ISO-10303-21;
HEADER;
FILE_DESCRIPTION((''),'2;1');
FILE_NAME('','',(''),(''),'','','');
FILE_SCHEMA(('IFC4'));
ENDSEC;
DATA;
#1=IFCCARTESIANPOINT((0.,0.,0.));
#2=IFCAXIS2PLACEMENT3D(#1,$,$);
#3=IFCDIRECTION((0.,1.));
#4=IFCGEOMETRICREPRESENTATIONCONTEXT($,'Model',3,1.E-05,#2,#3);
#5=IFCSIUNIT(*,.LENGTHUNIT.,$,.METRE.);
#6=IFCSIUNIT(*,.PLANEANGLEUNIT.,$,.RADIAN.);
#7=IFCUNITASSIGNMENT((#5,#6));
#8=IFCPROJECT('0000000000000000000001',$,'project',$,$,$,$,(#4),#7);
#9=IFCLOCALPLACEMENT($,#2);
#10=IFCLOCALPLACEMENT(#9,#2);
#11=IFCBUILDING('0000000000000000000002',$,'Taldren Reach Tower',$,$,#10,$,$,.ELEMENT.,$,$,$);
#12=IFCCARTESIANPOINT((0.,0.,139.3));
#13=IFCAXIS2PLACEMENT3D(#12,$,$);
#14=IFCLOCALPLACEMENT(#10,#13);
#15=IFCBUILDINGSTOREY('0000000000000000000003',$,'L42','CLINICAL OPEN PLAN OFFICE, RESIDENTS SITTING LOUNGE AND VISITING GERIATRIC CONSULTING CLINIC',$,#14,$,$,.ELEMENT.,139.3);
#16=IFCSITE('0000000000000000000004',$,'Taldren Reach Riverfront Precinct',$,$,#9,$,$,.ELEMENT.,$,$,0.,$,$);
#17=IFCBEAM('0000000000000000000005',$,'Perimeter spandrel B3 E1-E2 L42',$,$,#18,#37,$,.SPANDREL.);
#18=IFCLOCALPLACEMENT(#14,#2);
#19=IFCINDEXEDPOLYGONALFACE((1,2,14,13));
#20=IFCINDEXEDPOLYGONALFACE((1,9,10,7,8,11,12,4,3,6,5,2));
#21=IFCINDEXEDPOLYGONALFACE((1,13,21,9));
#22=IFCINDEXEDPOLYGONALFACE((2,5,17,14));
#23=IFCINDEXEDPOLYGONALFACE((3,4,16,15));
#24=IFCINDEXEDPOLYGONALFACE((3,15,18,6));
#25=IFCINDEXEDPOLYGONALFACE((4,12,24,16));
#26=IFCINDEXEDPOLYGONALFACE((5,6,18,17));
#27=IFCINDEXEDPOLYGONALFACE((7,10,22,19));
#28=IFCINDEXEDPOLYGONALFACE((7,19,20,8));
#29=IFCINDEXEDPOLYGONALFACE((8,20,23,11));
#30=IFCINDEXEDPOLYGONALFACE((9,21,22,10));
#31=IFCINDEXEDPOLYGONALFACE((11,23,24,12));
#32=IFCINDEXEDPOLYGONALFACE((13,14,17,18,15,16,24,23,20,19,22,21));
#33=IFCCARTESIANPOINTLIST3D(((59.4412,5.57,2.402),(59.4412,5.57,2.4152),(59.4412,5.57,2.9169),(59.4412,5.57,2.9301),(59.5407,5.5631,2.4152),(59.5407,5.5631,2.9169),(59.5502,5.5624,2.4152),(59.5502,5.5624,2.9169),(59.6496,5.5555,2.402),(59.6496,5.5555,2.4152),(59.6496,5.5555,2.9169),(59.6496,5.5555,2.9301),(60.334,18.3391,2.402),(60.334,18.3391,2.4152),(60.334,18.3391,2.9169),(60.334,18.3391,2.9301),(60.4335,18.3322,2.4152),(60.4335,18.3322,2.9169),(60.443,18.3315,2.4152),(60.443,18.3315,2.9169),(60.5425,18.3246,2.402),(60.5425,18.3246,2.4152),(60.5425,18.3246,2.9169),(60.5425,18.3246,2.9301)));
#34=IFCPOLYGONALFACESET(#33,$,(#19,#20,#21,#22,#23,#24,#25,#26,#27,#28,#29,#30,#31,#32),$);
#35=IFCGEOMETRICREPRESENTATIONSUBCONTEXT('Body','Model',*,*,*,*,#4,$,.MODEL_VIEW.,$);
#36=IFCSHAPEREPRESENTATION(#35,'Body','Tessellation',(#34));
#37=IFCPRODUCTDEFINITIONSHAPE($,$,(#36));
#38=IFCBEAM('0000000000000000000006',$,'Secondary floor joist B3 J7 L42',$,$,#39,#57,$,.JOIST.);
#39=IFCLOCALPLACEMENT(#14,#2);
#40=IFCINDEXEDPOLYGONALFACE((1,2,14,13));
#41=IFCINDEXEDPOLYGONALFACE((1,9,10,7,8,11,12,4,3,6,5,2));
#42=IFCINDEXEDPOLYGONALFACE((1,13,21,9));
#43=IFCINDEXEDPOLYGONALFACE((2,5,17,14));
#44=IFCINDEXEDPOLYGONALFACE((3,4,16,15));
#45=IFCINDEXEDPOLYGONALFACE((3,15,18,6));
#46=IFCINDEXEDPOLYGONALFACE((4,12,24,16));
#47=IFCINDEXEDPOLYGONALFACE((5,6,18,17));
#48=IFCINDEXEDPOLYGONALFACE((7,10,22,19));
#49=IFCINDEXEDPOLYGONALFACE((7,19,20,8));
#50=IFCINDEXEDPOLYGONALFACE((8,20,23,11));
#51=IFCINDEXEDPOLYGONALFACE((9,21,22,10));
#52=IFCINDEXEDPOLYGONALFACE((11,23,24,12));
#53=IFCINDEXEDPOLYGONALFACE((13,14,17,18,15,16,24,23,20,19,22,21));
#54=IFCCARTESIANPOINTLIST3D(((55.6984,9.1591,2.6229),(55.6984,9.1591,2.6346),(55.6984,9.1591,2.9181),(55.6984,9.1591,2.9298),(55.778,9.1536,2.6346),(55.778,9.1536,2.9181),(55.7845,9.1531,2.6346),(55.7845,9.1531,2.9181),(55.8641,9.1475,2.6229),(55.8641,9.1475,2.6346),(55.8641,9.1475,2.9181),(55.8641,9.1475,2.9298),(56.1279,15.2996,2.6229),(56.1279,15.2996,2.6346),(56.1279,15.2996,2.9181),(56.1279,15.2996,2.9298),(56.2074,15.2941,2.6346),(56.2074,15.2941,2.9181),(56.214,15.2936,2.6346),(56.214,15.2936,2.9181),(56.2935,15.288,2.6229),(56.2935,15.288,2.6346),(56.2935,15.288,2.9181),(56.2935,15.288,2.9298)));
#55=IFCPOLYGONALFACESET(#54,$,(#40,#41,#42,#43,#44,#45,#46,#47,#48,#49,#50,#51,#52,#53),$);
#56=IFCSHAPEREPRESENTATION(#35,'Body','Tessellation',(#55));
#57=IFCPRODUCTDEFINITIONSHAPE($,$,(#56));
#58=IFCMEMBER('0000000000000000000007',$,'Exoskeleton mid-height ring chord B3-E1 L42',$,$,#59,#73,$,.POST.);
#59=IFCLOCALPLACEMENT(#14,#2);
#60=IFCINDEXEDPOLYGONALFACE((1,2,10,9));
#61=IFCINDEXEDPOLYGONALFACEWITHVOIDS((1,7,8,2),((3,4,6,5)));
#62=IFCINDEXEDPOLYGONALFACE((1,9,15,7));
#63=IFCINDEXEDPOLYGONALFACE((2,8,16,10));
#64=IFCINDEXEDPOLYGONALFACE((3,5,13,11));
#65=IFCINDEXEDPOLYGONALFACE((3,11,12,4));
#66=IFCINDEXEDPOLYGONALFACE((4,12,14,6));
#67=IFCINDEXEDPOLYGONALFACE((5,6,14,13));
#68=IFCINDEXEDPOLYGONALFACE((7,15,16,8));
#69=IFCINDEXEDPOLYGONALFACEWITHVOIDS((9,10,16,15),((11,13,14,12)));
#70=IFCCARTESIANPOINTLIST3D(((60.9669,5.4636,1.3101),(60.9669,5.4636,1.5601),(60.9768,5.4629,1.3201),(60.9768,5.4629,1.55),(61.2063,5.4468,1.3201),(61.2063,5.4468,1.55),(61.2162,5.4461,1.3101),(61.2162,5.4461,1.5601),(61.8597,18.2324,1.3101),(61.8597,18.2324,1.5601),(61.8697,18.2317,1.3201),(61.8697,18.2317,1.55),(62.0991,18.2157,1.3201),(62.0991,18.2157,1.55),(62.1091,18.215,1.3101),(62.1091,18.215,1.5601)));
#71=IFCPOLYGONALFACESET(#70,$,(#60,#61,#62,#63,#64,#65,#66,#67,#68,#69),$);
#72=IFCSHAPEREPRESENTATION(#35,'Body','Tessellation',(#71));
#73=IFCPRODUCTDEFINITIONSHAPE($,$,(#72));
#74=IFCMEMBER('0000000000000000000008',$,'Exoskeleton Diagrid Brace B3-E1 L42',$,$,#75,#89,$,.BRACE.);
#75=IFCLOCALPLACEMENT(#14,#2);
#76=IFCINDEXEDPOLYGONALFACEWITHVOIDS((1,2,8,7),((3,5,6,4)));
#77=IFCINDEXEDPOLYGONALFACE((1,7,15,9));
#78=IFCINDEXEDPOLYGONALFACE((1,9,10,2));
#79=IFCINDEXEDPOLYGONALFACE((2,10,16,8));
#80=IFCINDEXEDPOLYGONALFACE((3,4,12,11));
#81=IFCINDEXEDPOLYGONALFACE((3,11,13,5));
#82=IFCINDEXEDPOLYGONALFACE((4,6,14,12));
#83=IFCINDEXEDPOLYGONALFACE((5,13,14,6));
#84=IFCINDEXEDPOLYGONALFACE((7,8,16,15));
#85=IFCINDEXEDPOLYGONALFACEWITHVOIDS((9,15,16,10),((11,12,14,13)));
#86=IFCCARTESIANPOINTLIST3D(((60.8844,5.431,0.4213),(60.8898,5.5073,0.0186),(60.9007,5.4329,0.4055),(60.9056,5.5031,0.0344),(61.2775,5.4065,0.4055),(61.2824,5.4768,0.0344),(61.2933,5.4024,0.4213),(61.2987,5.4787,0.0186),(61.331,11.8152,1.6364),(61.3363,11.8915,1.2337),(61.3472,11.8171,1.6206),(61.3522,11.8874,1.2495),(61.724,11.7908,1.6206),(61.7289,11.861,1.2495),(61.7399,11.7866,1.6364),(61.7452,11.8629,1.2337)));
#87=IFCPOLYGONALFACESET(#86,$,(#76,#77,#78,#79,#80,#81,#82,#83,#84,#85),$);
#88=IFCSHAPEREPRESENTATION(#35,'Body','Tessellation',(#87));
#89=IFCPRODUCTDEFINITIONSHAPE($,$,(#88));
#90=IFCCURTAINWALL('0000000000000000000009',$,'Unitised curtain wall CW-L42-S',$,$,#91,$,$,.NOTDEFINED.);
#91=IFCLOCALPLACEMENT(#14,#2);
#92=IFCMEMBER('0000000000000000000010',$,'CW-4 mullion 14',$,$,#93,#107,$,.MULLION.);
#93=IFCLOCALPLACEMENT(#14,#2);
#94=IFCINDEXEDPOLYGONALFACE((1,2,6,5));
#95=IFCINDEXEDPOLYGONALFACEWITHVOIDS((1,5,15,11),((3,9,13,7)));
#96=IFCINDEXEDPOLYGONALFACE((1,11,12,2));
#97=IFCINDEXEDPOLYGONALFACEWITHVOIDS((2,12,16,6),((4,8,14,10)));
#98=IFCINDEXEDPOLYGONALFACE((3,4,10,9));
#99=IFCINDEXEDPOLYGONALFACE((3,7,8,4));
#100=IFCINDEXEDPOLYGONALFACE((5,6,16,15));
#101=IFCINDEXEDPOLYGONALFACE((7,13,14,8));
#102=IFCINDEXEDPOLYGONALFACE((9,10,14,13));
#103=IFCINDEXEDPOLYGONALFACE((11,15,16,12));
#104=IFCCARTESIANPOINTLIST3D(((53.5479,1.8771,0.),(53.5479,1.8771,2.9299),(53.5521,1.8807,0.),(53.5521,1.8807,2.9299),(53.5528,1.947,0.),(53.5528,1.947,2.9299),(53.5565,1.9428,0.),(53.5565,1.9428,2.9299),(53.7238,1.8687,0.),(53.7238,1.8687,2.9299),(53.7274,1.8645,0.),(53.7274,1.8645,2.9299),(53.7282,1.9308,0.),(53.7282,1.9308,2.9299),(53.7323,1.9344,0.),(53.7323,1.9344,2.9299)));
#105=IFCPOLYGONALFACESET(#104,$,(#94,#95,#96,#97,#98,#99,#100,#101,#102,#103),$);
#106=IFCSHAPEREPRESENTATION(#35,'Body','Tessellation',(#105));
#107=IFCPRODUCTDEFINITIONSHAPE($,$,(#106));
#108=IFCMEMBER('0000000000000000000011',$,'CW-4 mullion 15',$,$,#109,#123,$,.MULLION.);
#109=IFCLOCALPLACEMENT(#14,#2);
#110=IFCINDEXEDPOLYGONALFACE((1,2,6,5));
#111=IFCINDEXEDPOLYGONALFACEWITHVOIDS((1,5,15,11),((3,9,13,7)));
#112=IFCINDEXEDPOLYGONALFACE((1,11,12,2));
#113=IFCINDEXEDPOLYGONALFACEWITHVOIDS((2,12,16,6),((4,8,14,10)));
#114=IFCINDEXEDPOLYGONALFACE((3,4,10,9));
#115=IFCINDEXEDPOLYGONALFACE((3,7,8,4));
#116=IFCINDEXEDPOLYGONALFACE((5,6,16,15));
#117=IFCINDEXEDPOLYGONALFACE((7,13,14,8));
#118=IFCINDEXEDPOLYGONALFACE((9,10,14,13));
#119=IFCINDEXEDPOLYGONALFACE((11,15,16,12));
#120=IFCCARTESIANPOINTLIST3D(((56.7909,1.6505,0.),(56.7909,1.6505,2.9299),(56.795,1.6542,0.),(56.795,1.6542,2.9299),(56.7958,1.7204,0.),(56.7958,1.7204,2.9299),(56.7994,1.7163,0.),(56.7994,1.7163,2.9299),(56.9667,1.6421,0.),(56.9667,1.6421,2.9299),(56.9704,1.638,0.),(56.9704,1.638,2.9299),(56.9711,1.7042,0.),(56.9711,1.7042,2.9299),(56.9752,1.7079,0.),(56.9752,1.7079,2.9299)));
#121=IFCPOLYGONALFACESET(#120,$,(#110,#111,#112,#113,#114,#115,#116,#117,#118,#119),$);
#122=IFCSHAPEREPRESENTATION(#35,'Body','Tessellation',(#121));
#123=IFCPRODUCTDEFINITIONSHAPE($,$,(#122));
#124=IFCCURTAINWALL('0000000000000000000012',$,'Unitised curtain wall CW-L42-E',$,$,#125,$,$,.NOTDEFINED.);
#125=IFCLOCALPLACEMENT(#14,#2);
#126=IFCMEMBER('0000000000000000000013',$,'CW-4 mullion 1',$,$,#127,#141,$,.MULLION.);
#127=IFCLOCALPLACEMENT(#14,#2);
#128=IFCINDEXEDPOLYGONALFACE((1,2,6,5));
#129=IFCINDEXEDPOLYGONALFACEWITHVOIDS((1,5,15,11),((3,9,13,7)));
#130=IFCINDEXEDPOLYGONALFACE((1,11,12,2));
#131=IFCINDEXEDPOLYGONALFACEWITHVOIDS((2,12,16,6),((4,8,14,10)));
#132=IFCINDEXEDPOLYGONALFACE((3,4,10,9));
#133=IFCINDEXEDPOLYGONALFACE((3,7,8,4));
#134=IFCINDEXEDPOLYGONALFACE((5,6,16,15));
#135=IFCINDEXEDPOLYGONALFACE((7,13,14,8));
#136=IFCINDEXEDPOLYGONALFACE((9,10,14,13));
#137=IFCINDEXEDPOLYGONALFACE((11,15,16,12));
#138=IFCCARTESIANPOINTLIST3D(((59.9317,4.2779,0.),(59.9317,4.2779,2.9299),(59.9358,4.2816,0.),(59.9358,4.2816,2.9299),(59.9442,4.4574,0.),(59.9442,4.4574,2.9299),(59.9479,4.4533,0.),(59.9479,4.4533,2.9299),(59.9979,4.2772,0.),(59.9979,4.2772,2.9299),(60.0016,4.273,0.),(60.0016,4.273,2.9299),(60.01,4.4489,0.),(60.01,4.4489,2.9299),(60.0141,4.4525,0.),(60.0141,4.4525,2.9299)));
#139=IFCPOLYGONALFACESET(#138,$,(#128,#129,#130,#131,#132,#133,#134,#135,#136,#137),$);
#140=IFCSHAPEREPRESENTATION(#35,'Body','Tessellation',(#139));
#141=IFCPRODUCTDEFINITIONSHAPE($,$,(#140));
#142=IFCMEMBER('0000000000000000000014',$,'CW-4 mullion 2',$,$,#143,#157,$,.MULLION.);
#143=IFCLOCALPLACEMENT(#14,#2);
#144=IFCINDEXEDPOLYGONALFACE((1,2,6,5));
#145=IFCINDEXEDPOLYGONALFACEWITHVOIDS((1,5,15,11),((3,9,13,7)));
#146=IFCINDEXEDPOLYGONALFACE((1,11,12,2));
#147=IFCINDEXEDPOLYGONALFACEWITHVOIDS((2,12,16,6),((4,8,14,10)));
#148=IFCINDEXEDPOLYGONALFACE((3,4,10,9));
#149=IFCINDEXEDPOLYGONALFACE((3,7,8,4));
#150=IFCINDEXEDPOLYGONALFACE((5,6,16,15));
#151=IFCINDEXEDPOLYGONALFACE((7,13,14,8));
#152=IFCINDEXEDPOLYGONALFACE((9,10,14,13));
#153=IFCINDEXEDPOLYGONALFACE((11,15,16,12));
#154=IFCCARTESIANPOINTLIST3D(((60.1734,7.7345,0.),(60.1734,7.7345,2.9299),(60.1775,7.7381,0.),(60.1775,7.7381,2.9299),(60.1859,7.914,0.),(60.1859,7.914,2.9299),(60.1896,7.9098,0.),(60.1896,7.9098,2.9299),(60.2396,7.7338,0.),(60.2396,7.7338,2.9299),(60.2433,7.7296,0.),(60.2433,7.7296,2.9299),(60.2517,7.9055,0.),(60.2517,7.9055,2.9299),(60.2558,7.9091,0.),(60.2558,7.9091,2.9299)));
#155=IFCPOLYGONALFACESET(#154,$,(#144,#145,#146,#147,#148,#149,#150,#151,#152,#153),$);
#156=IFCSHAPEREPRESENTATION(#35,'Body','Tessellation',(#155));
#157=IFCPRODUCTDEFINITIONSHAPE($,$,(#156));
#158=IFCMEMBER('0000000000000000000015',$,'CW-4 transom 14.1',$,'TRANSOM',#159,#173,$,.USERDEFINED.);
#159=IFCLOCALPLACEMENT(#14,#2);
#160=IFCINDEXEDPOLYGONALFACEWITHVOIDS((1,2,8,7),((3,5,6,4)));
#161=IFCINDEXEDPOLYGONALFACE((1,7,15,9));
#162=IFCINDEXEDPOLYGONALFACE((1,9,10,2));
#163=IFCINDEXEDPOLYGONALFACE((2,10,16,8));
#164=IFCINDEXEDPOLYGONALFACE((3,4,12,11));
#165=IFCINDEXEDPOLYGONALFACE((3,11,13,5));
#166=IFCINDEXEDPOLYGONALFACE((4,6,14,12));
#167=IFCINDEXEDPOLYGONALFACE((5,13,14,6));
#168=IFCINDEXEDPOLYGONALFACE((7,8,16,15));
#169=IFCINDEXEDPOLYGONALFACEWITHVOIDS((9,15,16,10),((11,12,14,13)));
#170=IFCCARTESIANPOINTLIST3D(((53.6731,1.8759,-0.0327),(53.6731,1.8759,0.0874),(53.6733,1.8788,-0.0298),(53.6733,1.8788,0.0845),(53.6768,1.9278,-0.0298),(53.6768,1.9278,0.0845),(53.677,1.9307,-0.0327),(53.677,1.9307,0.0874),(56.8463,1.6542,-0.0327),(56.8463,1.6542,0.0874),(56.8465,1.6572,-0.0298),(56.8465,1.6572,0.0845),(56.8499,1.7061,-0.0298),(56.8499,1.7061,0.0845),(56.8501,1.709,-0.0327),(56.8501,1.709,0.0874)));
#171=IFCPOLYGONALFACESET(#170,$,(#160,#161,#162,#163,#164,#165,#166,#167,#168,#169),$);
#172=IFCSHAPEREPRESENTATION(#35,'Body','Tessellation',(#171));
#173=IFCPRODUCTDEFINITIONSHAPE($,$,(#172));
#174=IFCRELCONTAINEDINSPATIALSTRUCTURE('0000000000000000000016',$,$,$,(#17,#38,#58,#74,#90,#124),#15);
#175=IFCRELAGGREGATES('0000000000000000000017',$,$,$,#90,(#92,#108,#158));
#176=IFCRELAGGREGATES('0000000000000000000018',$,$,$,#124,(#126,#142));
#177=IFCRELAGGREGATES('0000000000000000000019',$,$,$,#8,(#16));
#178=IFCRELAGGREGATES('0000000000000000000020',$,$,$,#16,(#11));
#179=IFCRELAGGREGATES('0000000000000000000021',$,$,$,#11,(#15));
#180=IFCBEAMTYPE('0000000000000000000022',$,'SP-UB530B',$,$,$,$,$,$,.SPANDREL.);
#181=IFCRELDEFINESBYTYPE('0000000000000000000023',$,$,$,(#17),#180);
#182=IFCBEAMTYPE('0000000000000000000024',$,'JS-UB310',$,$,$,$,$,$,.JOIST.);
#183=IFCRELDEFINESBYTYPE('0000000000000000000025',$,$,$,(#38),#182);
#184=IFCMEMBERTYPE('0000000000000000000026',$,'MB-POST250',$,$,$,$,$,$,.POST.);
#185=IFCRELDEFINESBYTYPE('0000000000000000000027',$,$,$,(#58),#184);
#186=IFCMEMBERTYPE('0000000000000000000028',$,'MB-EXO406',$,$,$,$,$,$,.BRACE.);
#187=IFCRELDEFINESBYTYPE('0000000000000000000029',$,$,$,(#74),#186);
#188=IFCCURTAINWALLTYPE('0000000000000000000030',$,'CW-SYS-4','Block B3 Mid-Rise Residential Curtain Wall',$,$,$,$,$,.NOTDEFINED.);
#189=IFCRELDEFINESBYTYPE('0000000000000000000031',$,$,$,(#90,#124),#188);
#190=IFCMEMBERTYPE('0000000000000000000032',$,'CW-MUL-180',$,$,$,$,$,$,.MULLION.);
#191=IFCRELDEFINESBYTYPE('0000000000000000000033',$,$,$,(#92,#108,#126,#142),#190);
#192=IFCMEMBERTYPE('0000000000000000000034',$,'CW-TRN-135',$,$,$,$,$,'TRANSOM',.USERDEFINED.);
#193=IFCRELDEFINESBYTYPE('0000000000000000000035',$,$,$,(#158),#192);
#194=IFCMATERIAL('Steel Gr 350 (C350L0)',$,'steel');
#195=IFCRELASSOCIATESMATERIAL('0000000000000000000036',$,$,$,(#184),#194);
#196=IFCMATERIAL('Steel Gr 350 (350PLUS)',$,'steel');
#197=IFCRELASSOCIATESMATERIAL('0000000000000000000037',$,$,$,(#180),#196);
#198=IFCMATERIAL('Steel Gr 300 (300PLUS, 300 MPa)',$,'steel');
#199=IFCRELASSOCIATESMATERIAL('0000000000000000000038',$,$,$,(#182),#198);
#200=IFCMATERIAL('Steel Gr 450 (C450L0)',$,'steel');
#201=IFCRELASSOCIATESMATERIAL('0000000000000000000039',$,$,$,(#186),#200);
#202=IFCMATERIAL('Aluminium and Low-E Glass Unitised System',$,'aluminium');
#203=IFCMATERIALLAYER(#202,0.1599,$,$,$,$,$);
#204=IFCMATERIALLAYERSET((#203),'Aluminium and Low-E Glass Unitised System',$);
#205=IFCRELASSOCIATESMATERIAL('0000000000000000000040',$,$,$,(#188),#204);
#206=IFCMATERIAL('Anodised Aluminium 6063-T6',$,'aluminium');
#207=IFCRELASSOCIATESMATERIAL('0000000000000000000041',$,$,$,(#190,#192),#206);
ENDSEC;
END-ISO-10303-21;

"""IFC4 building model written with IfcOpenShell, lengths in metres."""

from ifc_helpers import new_model, si_unit, direction, frame, origin, origin_2d, place, context, subcontext, project, spatial, hollow_rectangle, i_section, extrude, source, transform, mapped, material, layer, layer_set, material_profile, profile_set, type_object, element, aggregate, save


model = new_model("IFC4")

# Units and contexts
model_context = context("Model", 3, precision=1e-05, world=origin(), true_north=direction((0.0, 1.0)))
body_context = subcontext(model_context, "Body", "Model", "MODEL_VIEW")
ifc_project = project(units=[si_unit("LENGTHUNIT", "METRE"), si_unit("PLANEANGLEUNIT", "RADIAN")], contexts=[model_context])

# Site, building, storey
site_placement = place(None, origin())
site = spatial("IfcSite", under=ifc_project, at=site_placement, Name="Taldren Reach Riverfront Precinct", CompositionType="ELEMENT", RefElevation=0.0)
building_placement = place(site_placement, origin())
building = spatial("IfcBuilding", under=site, at=building_placement, Name="Taldren Reach Tower", CompositionType="ELEMENT")
storey_placement = place(building_placement, frame((0.0, 0.0, 139.3)))
storey = spatial("IfcBuildingStorey", under=building, at=storey_placement, Name="L42", Description="CLINICAL OPEN PLAN OFFICE, RESIDENTS SITTING LOUNGE AND VISITING GERIATRIC CONSULTING CLINIC", CompositionType="ELEMENT", Elevation=139.3)

# Shared definitions
ifc_material_1 = material(Name="Steel Gr 450 (C450L0)", Category="steel")
ifc_material_2 = material(Name="Steel Gr 350 (350PLUS)", Category="steel")

# Shared definitions
ifc_material_3 = material(Name="Steel Gr 350 (C350L0)", Category="steel")
ifc_material_profile_1 = material_profile(ifc_material_3, hollow_rectangle(XDim=0.25, YDim=0.25, WallThickness=0.01, at=origin_2d()), Name="250x250x10.0SHS")
ifc_profile_set_1 = profile_set([ifc_material_profile_1], Name="Steel Gr 350 (C350L0)")
member_type_1 = type_object("IfcMemberType", Name="MB-POST250", PredefinedType="POST", material=ifc_profile_set_1)

# Beams
ifc_material_profile_2 = material_profile(ifc_material_2, i_section(OverallWidth=0.209, OverallDepth=0.5281, WebThickness=0.0095, FlangeThickness=0.0132, at=origin_2d()), Name="530UB82.0")
ifc_profile_set_2 = profile_set([ifc_material_profile_2], Name="Steel Gr 350 (350PLUS)")
beam_type_1 = type_object("IfcBeamType", Name="SP-UB530B", PredefinedType="SPANDREL", material=ifc_profile_set_2)
shared_shape_1 = source(origin(), body_context, "Body", "SweptSolid", [
    extrude(i_section(OverallWidth=0.209, OverallDepth=0.5281, WebThickness=0.0095, FlangeThickness=0.0132, at=origin_2d()), origin(), (0.0, 0.0, 1.0), 12.8003),
])
beam_1_placement = place(storey_placement, frame((59.5454, 5.5627, 2.666), z_axis=(0.069751, 0.997564, 0.0), x_axis=(-0.997564, 0.069751, 0.0)))
element("IfcBeam", 1, at=beam_1_placement, inside=storey, type_object=beam_type_1, Name="Perimeter spandrel B3 E1-E2 L42", PredefinedType="SPANDREL", context=body_context, shape_type="MappedRepresentation", body=[
    mapped(shared_shape_1, transform((0.0, 0.0, 0.0), scale=1.0)),
])
ifc_material_4 = material(Name="Steel Gr 300 (300PLUS, 300 MPa)", Category="steel")
ifc_material_profile_3 = material_profile(ifc_material_4, i_section(OverallWidth=0.166, OverallDepth=0.3069, WebThickness=0.0066, FlangeThickness=0.0117, at=origin_2d()), Name="310UB46.2")
ifc_profile_set_3 = profile_set([ifc_material_profile_3], Name="Steel Gr 300 (300PLUS, 300 MPa)")
beam_type_2 = type_object("IfcBeamType", Name="JS-UB310", PredefinedType="JOIST", material=ifc_profile_set_3)
shared_shape_2 = source(origin(), body_context, "Body", "SweptSolid", [
    extrude(i_section(OverallWidth=0.166, OverallDepth=0.3069, WebThickness=0.0066, FlangeThickness=0.0117, at=origin_2d()), origin(), (0.0, 0.0, 1.0), 6.1555),
])
beam_2_placement = place(storey_placement, frame((55.7812, 9.1533, 2.7764), z_axis=(0.069764, 0.997563, 0.0), x_axis=(-0.997563, 0.069764, 0.0)))
element("IfcBeam", 2, at=beam_2_placement, inside=storey, type_object=beam_type_2, Name="Secondary floor joist B3 J7 L42", PredefinedType="JOIST", context=body_context, shape_type="MappedRepresentation", body=[
    mapped(shared_shape_2, transform((0.0, 0.0, 0.0), scale=1.0)),
])

# Members
shared_shape_3 = source(origin(), body_context, "Body", "SweptSolid", [
    extrude(hollow_rectangle(XDim=0.25, YDim=0.25, WallThickness=0.01, at=origin_2d()), origin(), (0.0, 0.0, 1.0), 12.8),
])
member_1_placement = place(storey_placement, frame((61.0916, 5.4548, 1.4351), z_axis=(0.069752, 0.997564, 0.0), x_axis=(-0.997564, 0.069752, 0.0)))
element("IfcMember", 3, at=member_1_placement, inside=storey, type_object=member_type_1, Name="Exoskeleton mid-height ring chord B3-E1 L42", PredefinedType="POST", context=body_context, shape_type="MappedRepresentation", body=[
    mapped(shared_shape_3, transform((0.0, 0.0, 0.0), scale=1.0)),
])
ifc_material_profile_4 = material_profile(ifc_material_1, hollow_rectangle(XDim=0.4099, YDim=0.4099, WallThickness=0.0161, at=origin_2d()), Name="410x410x16.0SHS")
ifc_profile_set_4 = profile_set([ifc_material_profile_4], Name="Steel Gr 450 (C450L0)")
member_type_2 = type_object("IfcMemberType", Name="MB-EXO406", PredefinedType="BRACE", material=ifc_profile_set_4)
shared_shape_4 = source(origin(), body_context, "Body", "SweptSolid", [
    extrude(hollow_rectangle(XDim=0.4099, YDim=0.4099, WallThickness=0.0161, at=origin_2d()), origin(), (0.0, 0.0, 1.0), 6.5142),
])
member_2_placement = place(storey_placement, frame((61.0916, 5.4548, 0.22), z_axis=(0.068548, 0.980055, 0.186529), x_axis=(-0.997563, 0.069772, 0.0)))
element("IfcMember", 4, at=member_2_placement, inside=storey, type_object=member_type_2, Name="Exoskeleton Diagrid Brace B3-E1 L42", PredefinedType="BRACE", context=body_context, shape_type="MappedRepresentation", body=[
    mapped(shared_shape_4, transform((0.0, 0.0, 0.0), scale=1.0)),
])

# Curtain walls, members
ifc_material_5 = material(Name="Aluminium and Low-E Glass Unitised System", Category="aluminium")
ifc_layer_1 = layer(ifc_material_5, 0.1599)
ifc_layer_set_1 = layer_set([ifc_layer_1], Name="Aluminium and Low-E Glass Unitised System")
curtain_wall_type = type_object("IfcCurtainWallType", Name="CW-SYS-4", Description="Block B3 Mid-Rise Residential Curtain Wall", PredefinedType="NOTDEFINED", material=ifc_layer_set_1)
curtain_wall_1_placement = place(storey_placement, origin())
curtain_wall_1 = element("IfcCurtainWall", 5, at=curtain_wall_1_placement, inside=storey, type_object=curtain_wall_type, Name="Unitised curtain wall CW-L42-S", PredefinedType="NOTDEFINED")
ifc_material_6 = material(Name="Anodised Aluminium 6063-T6", Category="aluminium")
ifc_material_profile_5 = material_profile(ifc_material_6, hollow_rectangle(XDim=0.0701, YDim=0.1799, WallThickness=0.0039, at=origin_2d()), Name="ALU-180x70x4RHS")
ifc_profile_set_5 = profile_set([ifc_material_profile_5], Name="Anodised Aluminium 6063-T6")
member_type_3 = type_object("IfcMemberType", Name="CW-MUL-180", PredefinedType="MULLION", material=ifc_profile_set_5)
shared_shape_5 = source(origin(), body_context, "Body", "SweptSolid", [
    extrude(hollow_rectangle(XDim=0.0701, YDim=0.1799, WallThickness=0.0039, at=origin_2d()), origin(), (0.0, 0.0, 1.0), 2.9299),
])
member_3_placement = place(storey_placement, frame((53.6401, 1.9058, 0.0), z_axis=(0.0, 0.0, 1.0), x_axis=(0.069757, 0.997564, 0.0)))
member_3 = element("IfcMember", 6, at=member_3_placement, type_object=member_type_3, Name="CW-4 mullion 14", PredefinedType="MULLION", context=body_context, shape_type="MappedRepresentation", body=[
    mapped(shared_shape_5, transform((0.0, 0.0, 0.0), scale=1.0)),
])
member_4_placement = place(storey_placement, frame((56.8831, 1.6792, 0.0), z_axis=(0.0, 0.0, 1.0), x_axis=(0.069757, 0.997564, 0.0)))
member_4 = element("IfcMember", 7, at=member_4_placement, type_object=member_type_3, Name="CW-4 mullion 15", PredefinedType="MULLION", context=body_context, shape_type="MappedRepresentation", body=[
    mapped(shared_shape_5, transform((0.0, 0.0, 0.0), scale=1.0)),
])
curtain_wall_2_placement = place(storey_placement, origin())
curtain_wall_2 = element("IfcCurtainWall", 8, at=curtain_wall_2_placement, inside=storey, type_object=curtain_wall_type, Name="Unitised curtain wall CW-L42-E", PredefinedType="NOTDEFINED")
member_5_placement = place(storey_placement, frame((59.9729, 4.3652, 0.0), z_axis=(0.0, 0.0, 1.0), x_axis=(-0.997564, 0.069756, 0.0)))
member_5 = element("IfcMember", 9, at=member_5_placement, type_object=member_type_3, Name="CW-4 mullion 1", PredefinedType="MULLION", context=body_context, shape_type="MappedRepresentation", body=[
    mapped(shared_shape_5, transform((0.0, 0.0, 0.0), scale=1.0)),
])
member_6_placement = place(storey_placement, frame((60.2146, 7.8218, 0.0), z_axis=(0.0, 0.0, 1.0), x_axis=(-0.997564, 0.069756, 0.0)))
member_6 = element("IfcMember", 10, at=member_6_placement, type_object=member_type_3, Name="CW-4 mullion 2", PredefinedType="MULLION", context=body_context, shape_type="MappedRepresentation", body=[
    mapped(shared_shape_5, transform((0.0, 0.0, 0.0), scale=1.0)),
])

# Member
ifc_material_profile_6 = material_profile(ifc_material_6, hollow_rectangle(XDim=0.0549, YDim=0.1201, WallThickness=0.0029, at=origin_2d()), Name="ALU-120x55x3RHS")
ifc_profile_set_6 = profile_set([ifc_material_profile_6], Name="Anodised Aluminium 6063-T6")
member_type_4 = type_object("IfcMemberType", Name="CW-TRN-135", ElementType="TRANSOM", PredefinedType="USERDEFINED", material=ifc_profile_set_6)
shared_shape_6 = source(origin(), body_context, "Body", "SweptSolid", [
    extrude(hollow_rectangle(XDim=0.0549, YDim=0.1201, WallThickness=0.0029, at=origin_2d()), origin(), (0.0, 0.0, 1.0), 3.1809),
])
member_7_placement = place(storey_placement, frame((53.675, 1.9033, 0.0273), z_axis=(0.997569, -0.069692, 0.0), x_axis=(0.069692, 0.997569, 0.0)))
member_7 = element("IfcMember", 11, at=member_7_placement, type_object=member_type_4, Name="CW-4 transom 14.1", ObjectType="TRANSOM", PredefinedType="USERDEFINED", context=body_context, shape_type="MappedRepresentation", body=[
    mapped(shared_shape_6, transform((0.0, 0.0, 0.0), scale=1.0)),
])

aggregate(curtain_wall_1, [member_3, member_4, member_7])
aggregate(curtain_wall_2, [member_5, member_6])

save(model, "model.ifc")
